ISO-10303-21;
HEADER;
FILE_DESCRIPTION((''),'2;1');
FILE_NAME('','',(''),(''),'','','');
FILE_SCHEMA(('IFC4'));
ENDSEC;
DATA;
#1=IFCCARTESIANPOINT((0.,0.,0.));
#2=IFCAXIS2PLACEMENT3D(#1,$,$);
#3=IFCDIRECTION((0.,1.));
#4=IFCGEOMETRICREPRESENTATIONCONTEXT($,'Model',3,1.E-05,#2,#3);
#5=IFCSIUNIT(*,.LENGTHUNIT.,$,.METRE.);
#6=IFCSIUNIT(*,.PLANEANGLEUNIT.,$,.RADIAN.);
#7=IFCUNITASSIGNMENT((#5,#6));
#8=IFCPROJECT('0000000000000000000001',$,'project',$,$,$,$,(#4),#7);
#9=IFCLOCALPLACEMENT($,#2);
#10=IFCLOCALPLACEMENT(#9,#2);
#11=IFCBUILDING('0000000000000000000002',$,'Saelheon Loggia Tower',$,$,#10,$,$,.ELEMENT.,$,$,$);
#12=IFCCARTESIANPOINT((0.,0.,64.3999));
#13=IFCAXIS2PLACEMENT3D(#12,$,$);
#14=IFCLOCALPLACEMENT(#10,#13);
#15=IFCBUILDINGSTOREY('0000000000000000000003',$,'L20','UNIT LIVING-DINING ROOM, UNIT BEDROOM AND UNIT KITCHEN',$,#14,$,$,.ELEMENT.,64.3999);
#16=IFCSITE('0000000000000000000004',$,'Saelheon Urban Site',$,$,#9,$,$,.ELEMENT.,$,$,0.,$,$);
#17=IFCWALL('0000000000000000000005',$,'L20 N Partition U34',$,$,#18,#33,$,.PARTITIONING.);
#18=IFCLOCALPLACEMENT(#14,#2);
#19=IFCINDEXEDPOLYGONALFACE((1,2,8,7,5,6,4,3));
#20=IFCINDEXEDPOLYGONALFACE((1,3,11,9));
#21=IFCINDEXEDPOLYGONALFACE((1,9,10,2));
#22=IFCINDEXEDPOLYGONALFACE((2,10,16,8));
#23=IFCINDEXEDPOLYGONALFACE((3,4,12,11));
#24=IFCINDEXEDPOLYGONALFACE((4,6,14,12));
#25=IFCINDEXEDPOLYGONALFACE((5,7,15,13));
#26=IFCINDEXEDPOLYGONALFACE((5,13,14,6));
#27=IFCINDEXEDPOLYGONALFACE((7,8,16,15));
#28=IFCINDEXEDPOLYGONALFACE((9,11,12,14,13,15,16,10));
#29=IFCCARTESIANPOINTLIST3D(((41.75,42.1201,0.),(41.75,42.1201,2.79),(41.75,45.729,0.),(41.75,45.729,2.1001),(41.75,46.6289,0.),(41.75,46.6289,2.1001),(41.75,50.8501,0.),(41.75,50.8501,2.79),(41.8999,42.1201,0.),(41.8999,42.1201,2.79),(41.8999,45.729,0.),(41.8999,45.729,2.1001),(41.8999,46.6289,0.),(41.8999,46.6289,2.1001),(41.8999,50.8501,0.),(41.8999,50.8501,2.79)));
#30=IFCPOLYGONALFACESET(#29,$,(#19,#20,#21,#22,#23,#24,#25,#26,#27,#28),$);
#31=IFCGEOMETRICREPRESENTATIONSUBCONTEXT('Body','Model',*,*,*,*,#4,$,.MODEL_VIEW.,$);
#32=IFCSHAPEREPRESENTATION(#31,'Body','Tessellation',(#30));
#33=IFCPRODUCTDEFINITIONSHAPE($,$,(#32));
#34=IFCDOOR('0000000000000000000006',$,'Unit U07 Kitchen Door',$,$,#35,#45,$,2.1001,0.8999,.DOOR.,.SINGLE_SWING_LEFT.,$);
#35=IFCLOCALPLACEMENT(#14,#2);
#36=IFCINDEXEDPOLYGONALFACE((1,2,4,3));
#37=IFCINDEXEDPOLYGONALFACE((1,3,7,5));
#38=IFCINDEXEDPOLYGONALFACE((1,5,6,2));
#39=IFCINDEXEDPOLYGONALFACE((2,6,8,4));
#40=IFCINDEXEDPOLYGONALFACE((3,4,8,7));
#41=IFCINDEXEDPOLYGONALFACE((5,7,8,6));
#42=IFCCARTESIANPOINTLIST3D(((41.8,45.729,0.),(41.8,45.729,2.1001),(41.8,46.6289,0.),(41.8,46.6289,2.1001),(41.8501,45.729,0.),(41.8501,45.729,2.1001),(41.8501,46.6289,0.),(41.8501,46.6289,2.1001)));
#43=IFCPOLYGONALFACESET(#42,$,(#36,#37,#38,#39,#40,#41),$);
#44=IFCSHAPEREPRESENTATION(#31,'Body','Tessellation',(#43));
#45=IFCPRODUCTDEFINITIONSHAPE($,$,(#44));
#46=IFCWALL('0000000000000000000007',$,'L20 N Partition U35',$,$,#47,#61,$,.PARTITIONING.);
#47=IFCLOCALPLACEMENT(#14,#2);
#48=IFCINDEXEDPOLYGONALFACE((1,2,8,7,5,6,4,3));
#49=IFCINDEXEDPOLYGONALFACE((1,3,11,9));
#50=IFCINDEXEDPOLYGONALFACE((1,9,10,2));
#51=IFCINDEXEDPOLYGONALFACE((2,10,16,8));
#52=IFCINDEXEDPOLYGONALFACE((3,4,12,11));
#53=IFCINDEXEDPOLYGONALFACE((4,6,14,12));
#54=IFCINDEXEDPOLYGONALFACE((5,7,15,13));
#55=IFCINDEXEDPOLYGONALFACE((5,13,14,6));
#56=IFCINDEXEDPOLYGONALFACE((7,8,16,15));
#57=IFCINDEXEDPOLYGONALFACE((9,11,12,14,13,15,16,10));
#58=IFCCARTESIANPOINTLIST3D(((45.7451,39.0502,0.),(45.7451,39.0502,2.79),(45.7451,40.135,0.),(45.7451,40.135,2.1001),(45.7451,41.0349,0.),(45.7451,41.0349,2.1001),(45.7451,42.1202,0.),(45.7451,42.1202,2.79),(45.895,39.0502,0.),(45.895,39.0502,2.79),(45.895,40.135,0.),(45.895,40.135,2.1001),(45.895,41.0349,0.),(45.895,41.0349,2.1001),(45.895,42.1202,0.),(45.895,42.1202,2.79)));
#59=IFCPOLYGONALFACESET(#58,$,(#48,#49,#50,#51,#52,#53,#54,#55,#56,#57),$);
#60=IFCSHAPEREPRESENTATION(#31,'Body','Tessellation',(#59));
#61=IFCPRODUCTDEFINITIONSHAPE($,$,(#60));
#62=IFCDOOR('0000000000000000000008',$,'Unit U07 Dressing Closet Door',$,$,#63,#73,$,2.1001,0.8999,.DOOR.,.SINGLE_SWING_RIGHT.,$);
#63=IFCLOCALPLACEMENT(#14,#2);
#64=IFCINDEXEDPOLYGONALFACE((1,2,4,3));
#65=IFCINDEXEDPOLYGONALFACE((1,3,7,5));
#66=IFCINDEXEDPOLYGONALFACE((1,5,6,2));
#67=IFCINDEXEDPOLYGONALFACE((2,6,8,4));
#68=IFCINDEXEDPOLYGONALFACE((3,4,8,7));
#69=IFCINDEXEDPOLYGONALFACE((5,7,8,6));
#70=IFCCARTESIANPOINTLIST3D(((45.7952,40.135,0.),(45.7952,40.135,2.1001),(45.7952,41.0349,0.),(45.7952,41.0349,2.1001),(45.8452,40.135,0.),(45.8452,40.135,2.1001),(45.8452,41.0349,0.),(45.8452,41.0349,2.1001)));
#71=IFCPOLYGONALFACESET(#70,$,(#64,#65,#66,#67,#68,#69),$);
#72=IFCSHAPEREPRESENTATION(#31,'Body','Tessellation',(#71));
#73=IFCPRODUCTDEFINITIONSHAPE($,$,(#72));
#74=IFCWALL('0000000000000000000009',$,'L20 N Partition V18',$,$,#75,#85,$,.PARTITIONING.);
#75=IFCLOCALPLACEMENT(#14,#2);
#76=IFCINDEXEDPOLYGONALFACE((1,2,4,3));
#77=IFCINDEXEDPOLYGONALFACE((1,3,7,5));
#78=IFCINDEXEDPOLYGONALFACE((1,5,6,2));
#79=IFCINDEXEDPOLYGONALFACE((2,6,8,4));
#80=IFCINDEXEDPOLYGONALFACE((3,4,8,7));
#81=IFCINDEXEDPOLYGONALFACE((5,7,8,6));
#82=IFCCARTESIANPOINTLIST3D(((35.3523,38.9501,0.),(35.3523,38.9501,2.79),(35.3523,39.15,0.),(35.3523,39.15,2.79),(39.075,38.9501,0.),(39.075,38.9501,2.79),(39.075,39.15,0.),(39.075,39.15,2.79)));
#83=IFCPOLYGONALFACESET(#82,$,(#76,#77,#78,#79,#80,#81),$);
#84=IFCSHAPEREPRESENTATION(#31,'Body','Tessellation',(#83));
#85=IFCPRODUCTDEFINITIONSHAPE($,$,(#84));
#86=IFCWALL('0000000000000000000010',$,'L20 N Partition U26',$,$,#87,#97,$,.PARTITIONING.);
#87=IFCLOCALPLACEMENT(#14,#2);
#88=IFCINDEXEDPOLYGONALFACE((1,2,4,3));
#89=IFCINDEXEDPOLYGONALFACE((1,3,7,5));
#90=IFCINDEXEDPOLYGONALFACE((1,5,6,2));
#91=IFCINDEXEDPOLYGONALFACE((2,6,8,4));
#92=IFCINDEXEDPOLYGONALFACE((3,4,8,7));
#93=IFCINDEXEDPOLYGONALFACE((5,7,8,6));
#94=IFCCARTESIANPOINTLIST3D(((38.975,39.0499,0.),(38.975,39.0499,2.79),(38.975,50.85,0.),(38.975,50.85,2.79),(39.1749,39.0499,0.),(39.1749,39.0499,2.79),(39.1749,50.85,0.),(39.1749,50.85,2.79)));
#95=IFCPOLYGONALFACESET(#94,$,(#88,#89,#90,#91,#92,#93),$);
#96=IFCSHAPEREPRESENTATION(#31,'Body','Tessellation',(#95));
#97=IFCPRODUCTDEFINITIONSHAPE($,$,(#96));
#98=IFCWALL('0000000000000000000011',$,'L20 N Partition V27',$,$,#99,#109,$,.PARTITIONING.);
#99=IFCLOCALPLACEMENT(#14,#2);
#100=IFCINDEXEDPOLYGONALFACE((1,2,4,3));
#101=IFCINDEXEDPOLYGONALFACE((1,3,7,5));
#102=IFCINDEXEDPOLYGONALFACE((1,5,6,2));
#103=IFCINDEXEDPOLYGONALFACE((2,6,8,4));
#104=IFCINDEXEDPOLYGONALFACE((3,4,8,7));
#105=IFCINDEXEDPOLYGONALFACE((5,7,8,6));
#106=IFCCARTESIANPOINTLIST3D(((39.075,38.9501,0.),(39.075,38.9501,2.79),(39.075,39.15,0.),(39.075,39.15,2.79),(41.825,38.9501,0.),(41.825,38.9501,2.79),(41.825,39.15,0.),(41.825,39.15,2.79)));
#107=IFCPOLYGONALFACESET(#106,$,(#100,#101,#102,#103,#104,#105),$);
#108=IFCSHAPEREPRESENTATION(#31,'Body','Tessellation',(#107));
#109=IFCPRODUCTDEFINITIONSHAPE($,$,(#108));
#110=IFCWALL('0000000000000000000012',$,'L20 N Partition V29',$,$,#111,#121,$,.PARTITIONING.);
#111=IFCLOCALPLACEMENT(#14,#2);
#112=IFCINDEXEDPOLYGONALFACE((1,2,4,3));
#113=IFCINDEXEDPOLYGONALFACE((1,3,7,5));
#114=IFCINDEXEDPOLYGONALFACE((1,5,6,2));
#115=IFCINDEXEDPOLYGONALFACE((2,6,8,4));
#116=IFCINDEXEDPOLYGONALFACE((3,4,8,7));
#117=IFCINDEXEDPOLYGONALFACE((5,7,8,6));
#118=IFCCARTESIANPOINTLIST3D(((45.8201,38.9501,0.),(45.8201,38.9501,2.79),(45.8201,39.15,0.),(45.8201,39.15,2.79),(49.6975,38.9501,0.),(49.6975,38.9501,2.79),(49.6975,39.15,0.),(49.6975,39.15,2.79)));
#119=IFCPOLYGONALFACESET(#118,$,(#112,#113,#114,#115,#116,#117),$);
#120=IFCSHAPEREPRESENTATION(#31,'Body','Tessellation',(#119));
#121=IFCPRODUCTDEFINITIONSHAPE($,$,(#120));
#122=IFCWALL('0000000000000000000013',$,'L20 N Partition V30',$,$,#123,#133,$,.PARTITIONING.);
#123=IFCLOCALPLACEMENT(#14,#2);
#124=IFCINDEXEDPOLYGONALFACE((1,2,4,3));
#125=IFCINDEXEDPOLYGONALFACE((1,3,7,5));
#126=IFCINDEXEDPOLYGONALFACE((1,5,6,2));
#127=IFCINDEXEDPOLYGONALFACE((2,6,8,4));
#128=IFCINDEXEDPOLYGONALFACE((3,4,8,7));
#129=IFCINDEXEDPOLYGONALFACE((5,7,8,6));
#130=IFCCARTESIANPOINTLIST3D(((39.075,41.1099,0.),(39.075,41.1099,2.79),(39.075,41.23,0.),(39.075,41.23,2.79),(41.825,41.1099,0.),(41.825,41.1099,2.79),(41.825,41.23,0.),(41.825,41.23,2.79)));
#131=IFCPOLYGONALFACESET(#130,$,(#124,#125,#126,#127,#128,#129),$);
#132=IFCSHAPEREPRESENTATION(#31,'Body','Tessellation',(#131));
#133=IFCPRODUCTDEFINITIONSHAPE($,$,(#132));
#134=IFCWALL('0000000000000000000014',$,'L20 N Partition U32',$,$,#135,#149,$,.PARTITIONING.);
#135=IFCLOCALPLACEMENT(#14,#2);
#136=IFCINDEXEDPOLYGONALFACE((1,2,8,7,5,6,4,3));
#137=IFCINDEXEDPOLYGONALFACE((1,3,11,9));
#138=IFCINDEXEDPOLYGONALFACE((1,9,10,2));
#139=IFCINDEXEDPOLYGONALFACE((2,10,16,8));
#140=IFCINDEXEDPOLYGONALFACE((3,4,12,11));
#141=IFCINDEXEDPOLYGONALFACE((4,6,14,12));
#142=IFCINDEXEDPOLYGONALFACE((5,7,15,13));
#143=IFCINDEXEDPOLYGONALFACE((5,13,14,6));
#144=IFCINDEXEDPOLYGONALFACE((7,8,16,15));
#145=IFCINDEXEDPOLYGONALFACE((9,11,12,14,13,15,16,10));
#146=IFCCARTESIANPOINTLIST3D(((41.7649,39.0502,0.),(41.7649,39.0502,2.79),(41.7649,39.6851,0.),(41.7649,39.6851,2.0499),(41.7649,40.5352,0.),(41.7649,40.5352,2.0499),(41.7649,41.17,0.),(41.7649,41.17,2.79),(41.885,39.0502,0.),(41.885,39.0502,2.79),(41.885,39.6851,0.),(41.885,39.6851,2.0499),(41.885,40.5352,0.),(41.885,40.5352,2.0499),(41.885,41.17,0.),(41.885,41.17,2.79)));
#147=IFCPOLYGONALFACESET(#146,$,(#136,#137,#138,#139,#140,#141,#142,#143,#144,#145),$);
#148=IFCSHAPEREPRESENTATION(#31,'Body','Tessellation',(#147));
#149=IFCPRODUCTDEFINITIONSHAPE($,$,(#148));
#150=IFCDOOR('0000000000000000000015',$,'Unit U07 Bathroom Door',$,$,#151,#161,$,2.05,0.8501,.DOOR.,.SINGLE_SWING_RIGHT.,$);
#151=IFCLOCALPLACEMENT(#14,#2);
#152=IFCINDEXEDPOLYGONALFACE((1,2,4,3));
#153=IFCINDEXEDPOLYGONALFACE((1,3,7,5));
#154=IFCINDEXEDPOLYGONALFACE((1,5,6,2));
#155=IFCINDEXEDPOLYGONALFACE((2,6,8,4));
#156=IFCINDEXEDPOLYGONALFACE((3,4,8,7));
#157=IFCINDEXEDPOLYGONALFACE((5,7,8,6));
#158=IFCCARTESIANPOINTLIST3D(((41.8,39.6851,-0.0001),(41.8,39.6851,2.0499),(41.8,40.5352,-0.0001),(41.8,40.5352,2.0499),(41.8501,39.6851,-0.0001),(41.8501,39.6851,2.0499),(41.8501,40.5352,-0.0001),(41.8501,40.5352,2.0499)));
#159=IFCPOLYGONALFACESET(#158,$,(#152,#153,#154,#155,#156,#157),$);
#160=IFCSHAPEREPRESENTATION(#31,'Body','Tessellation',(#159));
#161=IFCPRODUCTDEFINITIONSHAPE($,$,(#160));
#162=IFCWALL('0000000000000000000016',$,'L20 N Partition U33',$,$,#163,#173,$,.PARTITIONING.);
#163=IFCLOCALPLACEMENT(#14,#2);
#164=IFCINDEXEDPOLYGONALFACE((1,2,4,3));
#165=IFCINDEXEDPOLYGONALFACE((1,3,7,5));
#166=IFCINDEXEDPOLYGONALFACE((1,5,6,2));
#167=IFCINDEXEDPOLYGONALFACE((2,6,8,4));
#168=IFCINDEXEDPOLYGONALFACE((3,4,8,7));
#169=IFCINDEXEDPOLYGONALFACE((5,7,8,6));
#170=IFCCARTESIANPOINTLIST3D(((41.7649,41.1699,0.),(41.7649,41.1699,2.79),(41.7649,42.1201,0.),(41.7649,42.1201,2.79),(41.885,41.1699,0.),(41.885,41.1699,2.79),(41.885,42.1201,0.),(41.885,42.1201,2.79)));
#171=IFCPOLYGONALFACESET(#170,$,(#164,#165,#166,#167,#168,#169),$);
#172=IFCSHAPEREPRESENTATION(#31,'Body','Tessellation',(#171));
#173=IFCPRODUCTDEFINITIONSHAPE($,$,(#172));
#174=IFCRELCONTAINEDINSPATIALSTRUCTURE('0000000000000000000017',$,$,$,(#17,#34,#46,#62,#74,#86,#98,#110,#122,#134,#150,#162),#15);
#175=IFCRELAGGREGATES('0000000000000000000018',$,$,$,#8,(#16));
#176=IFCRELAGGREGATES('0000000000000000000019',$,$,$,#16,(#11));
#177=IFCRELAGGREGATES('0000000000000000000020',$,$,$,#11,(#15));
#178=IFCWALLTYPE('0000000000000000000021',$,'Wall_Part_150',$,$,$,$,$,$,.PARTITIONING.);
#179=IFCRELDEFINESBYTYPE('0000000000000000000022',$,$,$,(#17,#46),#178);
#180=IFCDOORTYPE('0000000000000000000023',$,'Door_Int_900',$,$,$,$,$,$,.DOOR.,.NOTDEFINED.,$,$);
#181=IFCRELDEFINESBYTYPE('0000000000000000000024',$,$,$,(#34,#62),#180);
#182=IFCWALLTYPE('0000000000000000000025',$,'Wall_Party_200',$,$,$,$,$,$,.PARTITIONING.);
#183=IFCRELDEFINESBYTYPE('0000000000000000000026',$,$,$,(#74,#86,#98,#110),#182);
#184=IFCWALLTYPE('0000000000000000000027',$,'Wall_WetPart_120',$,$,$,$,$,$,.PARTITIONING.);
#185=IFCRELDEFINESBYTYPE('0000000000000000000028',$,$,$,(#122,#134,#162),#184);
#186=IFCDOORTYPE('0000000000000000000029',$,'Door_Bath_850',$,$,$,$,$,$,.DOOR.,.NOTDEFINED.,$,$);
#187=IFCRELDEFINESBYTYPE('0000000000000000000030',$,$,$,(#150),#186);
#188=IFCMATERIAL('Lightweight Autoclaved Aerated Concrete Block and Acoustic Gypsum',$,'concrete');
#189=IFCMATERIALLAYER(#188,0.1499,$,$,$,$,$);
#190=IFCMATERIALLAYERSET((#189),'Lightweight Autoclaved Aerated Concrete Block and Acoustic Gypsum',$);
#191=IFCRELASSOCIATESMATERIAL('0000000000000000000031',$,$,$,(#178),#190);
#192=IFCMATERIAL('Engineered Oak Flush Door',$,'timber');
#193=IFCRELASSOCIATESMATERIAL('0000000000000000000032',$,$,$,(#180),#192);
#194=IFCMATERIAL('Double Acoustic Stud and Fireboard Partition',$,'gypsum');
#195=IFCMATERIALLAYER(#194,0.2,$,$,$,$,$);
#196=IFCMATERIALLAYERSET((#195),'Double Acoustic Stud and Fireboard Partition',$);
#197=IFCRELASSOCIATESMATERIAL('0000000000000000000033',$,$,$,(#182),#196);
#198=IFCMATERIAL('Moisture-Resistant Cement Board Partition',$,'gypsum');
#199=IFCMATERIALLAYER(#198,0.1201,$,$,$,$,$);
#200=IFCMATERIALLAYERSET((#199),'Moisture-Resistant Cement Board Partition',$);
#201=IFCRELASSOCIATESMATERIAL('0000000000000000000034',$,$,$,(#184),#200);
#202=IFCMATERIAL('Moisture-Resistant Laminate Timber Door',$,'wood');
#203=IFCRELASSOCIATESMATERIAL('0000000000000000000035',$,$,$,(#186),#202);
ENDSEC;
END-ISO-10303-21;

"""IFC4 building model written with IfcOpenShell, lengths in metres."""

from ifc_helpers import new_model, si_unit, direction, frame, frame_2d, origin, place, context, subcontext, project, spatial, rectangle, extrude, source, transform, mapped, material, layer, layer_set, type_object, element, fill, save


model = new_model("IFC4")

# Units and contexts
model_context = context("Model", 3, precision=1e-05, world=origin(), true_north=direction((0.0, 1.0)))
body_context = subcontext(model_context, "Body", "Model", "MODEL_VIEW")
ifc_project = project(units=[si_unit("LENGTHUNIT", "METRE"), si_unit("PLANEANGLEUNIT", "RADIAN")], contexts=[model_context])

# Site, building, storey
site_placement = place(None, origin())
site = spatial("IfcSite", under=ifc_project, at=site_placement, Name="Saelheon Urban Site", CompositionType="ELEMENT", RefElevation=0.0)
building_placement = place(site_placement, origin())
building = spatial("IfcBuilding", under=site, at=building_placement, Name="Saelheon Loggia Tower", CompositionType="ELEMENT")
storey_placement = place(building_placement, frame((0.0, 0.0, 64.3999)))
storey = spatial("IfcBuildingStorey", under=building, at=storey_placement, Name="L20", Description="UNIT LIVING-DINING ROOM, UNIT BEDROOM AND UNIT KITCHEN", CompositionType="ELEMENT", Elevation=64.3999)

# Shared definitions
ifc_material_1 = material(Name="Lightweight Autoclaved Aerated Concrete Block and Acoustic Gypsum", Category="concrete")
ifc_layer_1 = layer(ifc_material_1, 0.1499)
ifc_layer_set_1 = layer_set([ifc_layer_1], Name="Lightweight Autoclaved Aerated Concrete Block and Acoustic Gypsum")
wall_type_1 = type_object("IfcWallType", Name="Wall_Part_150", PredefinedType="PARTITIONING", material=ifc_layer_set_1)

# Shared definitions
ifc_material_2 = material(Name="Engineered Oak Flush Door", Category="timber")
door_type_1 = type_object("IfcDoorType", Name="Door_Int_900", OperationType="NOTDEFINED", PredefinedType="DOOR", material=ifc_material_2)
shared_shape_1 = source(origin(), body_context, "Body", "SweptSolid", [
    extrude(rectangle(XDim=0.8999, YDim=2.1001, at=frame_2d((0.45, 1.05))), frame((0.0, 0.0249, 0.0), z_axis=(0.0, -1.0, 0.0), x_axis=(1.0, 0.0, 0.0)), (0.0, 0.0, 1.0), 0.05),
])

# Walls, openings, doors
wall_1_placement = place(storey_placement, frame((41.825, 42.1201, 0.0), z_axis=(0.0, 0.0, 1.0), x_axis=(0.0, 1.0, 0.0)))
wall_1 = element("IfcWall", 1, at=wall_1_placement, inside=storey, type_object=wall_type_1, Name="L20 N Partition U34", PredefinedType="PARTITIONING", context=body_context, shape_type="SweptSolid", body=[
    extrude(rectangle(XDim=8.73, YDim=0.1499, at=frame_2d((4.365, 0.0))), origin(), (0.0, 0.0, 1.0), 2.79),
])
opening_1_placement = place(wall_1_placement, frame((3.6089, 0.0, 0.0)))
opening_1 = element("IfcOpeningElement", 2, at=opening_1_placement, cuts=wall_1, PredefinedType="OPENING", context=body_context, shape_type="SweptSolid", body=[
    extrude(rectangle(XDim=0.8999, YDim=2.1001, at=frame_2d((0.45, 1.05))), frame((0.0, 0.0869, 0.0), z_axis=(0.0, -1.0, 0.0), x_axis=(1.0, 0.0, 0.0)), (0.0, 0.0, 1.0), 0.1738),
])
door_1_placement = place(opening_1_placement, origin())
door_1 = element("IfcDoor", 3, at=door_1_placement, inside=storey, type_object=door_type_1, Name="Unit U07 Kitchen Door", OperationType="SINGLE_SWING_LEFT", OverallHeight=2.1001, OverallWidth=0.8999, PredefinedType="DOOR", context=body_context, shape_type="MappedRepresentation", body=[
    mapped(shared_shape_1, transform((0.0, 0.0, 0.0), scale=1.0)),
])
fill(opening_1, door_1)
wall_2_placement = place(storey_placement, frame((45.8201, 39.05, 0.0), z_axis=(0.0, 0.0, 1.0), x_axis=(0.0, 1.0, 0.0)))
wall_2 = element("IfcWall", 4, at=wall_2_placement, inside=storey, type_object=wall_type_1, Name="L20 N Partition U35", PredefinedType="PARTITIONING", context=body_context, shape_type="SweptSolid", body=[
    extrude(rectangle(XDim=3.0701, YDim=0.1499, at=frame_2d((1.5352, 0.0))), origin(), (0.0, 0.0, 1.0), 2.79),
])
opening_2_placement = place(wall_2_placement, frame((1.085, 0.0, 0.0)))
opening_2 = element("IfcOpeningElement", 5, at=opening_2_placement, cuts=wall_2, PredefinedType="OPENING", context=body_context, shape_type="SweptSolid", body=[
    extrude(rectangle(XDim=0.8999, YDim=2.1001, at=frame_2d((0.45, 1.05))), frame((0.0, 0.0869, 0.0), z_axis=(0.0, -1.0, 0.0), x_axis=(1.0, 0.0, 0.0)), (0.0, 0.0, 1.0), 0.1738),
])
door_2_placement = place(opening_2_placement, origin())
door_2 = element("IfcDoor", 6, at=door_2_placement, inside=storey, type_object=door_type_1, Name="Unit U07 Dressing Closet Door", OperationType="SINGLE_SWING_RIGHT", OverallHeight=2.1001, OverallWidth=0.8999, PredefinedType="DOOR", context=body_context, shape_type="MappedRepresentation", body=[
    mapped(shared_shape_1, transform((0.0, 0.0, 0.0), scale=1.0)),
])
fill(opening_2, door_2)

# Walls
ifc_material_3 = material(Name="Double Acoustic Stud and Fireboard Partition", Category="gypsum")
ifc_layer_2 = layer(ifc_material_3, 0.2)
ifc_layer_set_2 = layer_set([ifc_layer_2], Name="Double Acoustic Stud and Fireboard Partition")
wall_type_2 = type_object("IfcWallType", Name="Wall_Party_200", PredefinedType="PARTITIONING", material=ifc_layer_set_2)
wall_3_placement = place(storey_placement, frame((35.3523, 39.05, 0.0), z_axis=(0.0, 0.0, 1.0), x_axis=(1.0, 0.0, 0.0)))
element("IfcWall", 7, at=wall_3_placement, inside=storey, type_object=wall_type_2, Name="L20 N Partition V18", PredefinedType="PARTITIONING", context=body_context, shape_type="SweptSolid", body=[
    extrude(rectangle(XDim=3.7227, YDim=0.2, at=frame_2d((1.8613, 0.0))), origin(), (0.0, 0.0, 1.0), 2.79),
])
wall_4_placement = place(storey_placement, frame((39.075, 39.05, 0.0), z_axis=(0.0, 0.0, 1.0), x_axis=(0.0, 1.0, 0.0)))
element("IfcWall", 8, at=wall_4_placement, inside=storey, type_object=wall_type_2, Name="L20 N Partition U26", PredefinedType="PARTITIONING", context=body_context, shape_type="SweptSolid", body=[
    extrude(rectangle(XDim=11.8, YDim=0.2, at=frame_2d((5.8999, 0.0))), origin(), (0.0, 0.0, 1.0), 2.79),
])
wall_5_placement = place(storey_placement, frame((39.075, 39.05, 0.0), z_axis=(0.0, 0.0, 1.0), x_axis=(1.0, 0.0, 0.0)))
element("IfcWall", 9, at=wall_5_placement, inside=storey, type_object=wall_type_2, Name="L20 N Partition V27", PredefinedType="PARTITIONING", context=body_context, shape_type="SweptSolid", body=[
    extrude(rectangle(XDim=2.75, YDim=0.2, at=frame_2d((1.375, 0.0))), origin(), (0.0, 0.0, 1.0), 2.79),
])

# Walls
wall_6_placement = place(storey_placement, frame((45.8201, 39.05, 0.0), z_axis=(0.0, 0.0, 1.0), x_axis=(1.0, 0.0, 0.0)))
element("IfcWall", 10, at=wall_6_placement, inside=storey, type_object=wall_type_2, Name="L20 N Partition V29", PredefinedType="PARTITIONING", context=body_context, shape_type="SweptSolid", body=[
    extrude(rectangle(XDim=3.8774, YDim=0.2, at=frame_2d((1.9387, 0.0))), origin(), (0.0, 0.0, 1.0), 2.79),
])
ifc_material_4 = material(Name="Moisture-Resistant Cement Board Partition", Category="gypsum")
ifc_layer_3 = layer(ifc_material_4, 0.1201)
ifc_layer_set_3 = layer_set([ifc_layer_3], Name="Moisture-Resistant Cement Board Partition")
wall_type_3 = type_object("IfcWallType", Name="Wall_WetPart_120", PredefinedType="PARTITIONING", material=ifc_layer_set_3)
wall_7_placement = place(storey_placement, frame((39.075, 41.1699, 0.0), z_axis=(0.0, 0.0, 1.0), x_axis=(1.0, 0.0, 0.0)))
element("IfcWall", 11, at=wall_7_placement, inside=storey, type_object=wall_type_3, Name="L20 N Partition V30", PredefinedType="PARTITIONING", context=body_context, shape_type="SweptSolid", body=[
    extrude(rectangle(XDim=2.75, YDim=0.1201, at=frame_2d((1.375, 0.0))), origin(), (0.0, 0.0, 1.0), 2.79),
])

# Wall, opening, door
wall_8_placement = place(storey_placement, frame((41.825, 39.05, 0.0), z_axis=(0.0, 0.0, 1.0), x_axis=(0.0, 1.0, 0.0)))
wall_8 = element("IfcWall", 12, at=wall_8_placement, inside=storey, type_object=wall_type_3, Name="L20 N Partition U32", PredefinedType="PARTITIONING", context=body_context, shape_type="SweptSolid", body=[
    extrude(rectangle(XDim=2.1199, YDim=0.1201, at=frame_2d((1.0601, 0.0))), origin(), (0.0, 0.0, 1.0), 2.79),
])
opening_3_placement = place(wall_8_placement, frame((0.635, 0.0, 0.0)))
opening_3 = element("IfcOpeningElement", 13, at=opening_3_placement, cuts=wall_8, PredefinedType="OPENING", context=body_context, shape_type="SweptSolid", body=[
    extrude(rectangle(XDim=0.8501, YDim=2.05, at=frame_2d((0.425, 1.0249))), frame((0.0, 0.072, 0.0), z_axis=(0.0, -1.0, 0.0), x_axis=(1.0, 0.0, 0.0)), (0.0, 0.0, 1.0), 0.144),
])
ifc_material_5 = material(Name="Moisture-Resistant Laminate Timber Door", Category="wood")
door_type_2 = type_object("IfcDoorType", Name="Door_Bath_850", OperationType="NOTDEFINED", PredefinedType="DOOR", material=ifc_material_5)
shared_shape_2 = source(origin(), body_context, "Body", "SweptSolid", [
    extrude(rectangle(XDim=0.8501, YDim=2.05, at=frame_2d((0.425, 1.0249))), frame((0.0, 0.0249, 0.0), z_axis=(0.0, -1.0, 0.0), x_axis=(1.0, 0.0, 0.0)), (0.0, 0.0, 1.0), 0.05),
])
door_3_placement = place(opening_3_placement, origin())
door_3 = element("IfcDoor", 14, at=door_3_placement, inside=storey, type_object=door_type_2, Name="Unit U07 Bathroom Door", OperationType="SINGLE_SWING_RIGHT", OverallHeight=2.05, OverallWidth=0.8501, PredefinedType="DOOR", context=body_context, shape_type="MappedRepresentation", body=[
    mapped(shared_shape_2, transform((0.0, 0.0, 0.0), scale=1.0)),
])
fill(opening_3, door_3)

# Wall
wall_9_placement = place(storey_placement, frame((41.825, 41.1699, 0.0), z_axis=(0.0, 0.0, 1.0), x_axis=(0.0, 1.0, 0.0)))
element("IfcWall", 15, at=wall_9_placement, inside=storey, type_object=wall_type_3, Name="L20 N Partition U33", PredefinedType="PARTITIONING", context=body_context, shape_type="SweptSolid", body=[
    extrude(rectangle(XDim=0.9502, YDim=0.1201, at=frame_2d((0.4751, 0.0))), origin(), (0.0, 0.0, 1.0), 2.79),
])

save(model, "model.ifc")
